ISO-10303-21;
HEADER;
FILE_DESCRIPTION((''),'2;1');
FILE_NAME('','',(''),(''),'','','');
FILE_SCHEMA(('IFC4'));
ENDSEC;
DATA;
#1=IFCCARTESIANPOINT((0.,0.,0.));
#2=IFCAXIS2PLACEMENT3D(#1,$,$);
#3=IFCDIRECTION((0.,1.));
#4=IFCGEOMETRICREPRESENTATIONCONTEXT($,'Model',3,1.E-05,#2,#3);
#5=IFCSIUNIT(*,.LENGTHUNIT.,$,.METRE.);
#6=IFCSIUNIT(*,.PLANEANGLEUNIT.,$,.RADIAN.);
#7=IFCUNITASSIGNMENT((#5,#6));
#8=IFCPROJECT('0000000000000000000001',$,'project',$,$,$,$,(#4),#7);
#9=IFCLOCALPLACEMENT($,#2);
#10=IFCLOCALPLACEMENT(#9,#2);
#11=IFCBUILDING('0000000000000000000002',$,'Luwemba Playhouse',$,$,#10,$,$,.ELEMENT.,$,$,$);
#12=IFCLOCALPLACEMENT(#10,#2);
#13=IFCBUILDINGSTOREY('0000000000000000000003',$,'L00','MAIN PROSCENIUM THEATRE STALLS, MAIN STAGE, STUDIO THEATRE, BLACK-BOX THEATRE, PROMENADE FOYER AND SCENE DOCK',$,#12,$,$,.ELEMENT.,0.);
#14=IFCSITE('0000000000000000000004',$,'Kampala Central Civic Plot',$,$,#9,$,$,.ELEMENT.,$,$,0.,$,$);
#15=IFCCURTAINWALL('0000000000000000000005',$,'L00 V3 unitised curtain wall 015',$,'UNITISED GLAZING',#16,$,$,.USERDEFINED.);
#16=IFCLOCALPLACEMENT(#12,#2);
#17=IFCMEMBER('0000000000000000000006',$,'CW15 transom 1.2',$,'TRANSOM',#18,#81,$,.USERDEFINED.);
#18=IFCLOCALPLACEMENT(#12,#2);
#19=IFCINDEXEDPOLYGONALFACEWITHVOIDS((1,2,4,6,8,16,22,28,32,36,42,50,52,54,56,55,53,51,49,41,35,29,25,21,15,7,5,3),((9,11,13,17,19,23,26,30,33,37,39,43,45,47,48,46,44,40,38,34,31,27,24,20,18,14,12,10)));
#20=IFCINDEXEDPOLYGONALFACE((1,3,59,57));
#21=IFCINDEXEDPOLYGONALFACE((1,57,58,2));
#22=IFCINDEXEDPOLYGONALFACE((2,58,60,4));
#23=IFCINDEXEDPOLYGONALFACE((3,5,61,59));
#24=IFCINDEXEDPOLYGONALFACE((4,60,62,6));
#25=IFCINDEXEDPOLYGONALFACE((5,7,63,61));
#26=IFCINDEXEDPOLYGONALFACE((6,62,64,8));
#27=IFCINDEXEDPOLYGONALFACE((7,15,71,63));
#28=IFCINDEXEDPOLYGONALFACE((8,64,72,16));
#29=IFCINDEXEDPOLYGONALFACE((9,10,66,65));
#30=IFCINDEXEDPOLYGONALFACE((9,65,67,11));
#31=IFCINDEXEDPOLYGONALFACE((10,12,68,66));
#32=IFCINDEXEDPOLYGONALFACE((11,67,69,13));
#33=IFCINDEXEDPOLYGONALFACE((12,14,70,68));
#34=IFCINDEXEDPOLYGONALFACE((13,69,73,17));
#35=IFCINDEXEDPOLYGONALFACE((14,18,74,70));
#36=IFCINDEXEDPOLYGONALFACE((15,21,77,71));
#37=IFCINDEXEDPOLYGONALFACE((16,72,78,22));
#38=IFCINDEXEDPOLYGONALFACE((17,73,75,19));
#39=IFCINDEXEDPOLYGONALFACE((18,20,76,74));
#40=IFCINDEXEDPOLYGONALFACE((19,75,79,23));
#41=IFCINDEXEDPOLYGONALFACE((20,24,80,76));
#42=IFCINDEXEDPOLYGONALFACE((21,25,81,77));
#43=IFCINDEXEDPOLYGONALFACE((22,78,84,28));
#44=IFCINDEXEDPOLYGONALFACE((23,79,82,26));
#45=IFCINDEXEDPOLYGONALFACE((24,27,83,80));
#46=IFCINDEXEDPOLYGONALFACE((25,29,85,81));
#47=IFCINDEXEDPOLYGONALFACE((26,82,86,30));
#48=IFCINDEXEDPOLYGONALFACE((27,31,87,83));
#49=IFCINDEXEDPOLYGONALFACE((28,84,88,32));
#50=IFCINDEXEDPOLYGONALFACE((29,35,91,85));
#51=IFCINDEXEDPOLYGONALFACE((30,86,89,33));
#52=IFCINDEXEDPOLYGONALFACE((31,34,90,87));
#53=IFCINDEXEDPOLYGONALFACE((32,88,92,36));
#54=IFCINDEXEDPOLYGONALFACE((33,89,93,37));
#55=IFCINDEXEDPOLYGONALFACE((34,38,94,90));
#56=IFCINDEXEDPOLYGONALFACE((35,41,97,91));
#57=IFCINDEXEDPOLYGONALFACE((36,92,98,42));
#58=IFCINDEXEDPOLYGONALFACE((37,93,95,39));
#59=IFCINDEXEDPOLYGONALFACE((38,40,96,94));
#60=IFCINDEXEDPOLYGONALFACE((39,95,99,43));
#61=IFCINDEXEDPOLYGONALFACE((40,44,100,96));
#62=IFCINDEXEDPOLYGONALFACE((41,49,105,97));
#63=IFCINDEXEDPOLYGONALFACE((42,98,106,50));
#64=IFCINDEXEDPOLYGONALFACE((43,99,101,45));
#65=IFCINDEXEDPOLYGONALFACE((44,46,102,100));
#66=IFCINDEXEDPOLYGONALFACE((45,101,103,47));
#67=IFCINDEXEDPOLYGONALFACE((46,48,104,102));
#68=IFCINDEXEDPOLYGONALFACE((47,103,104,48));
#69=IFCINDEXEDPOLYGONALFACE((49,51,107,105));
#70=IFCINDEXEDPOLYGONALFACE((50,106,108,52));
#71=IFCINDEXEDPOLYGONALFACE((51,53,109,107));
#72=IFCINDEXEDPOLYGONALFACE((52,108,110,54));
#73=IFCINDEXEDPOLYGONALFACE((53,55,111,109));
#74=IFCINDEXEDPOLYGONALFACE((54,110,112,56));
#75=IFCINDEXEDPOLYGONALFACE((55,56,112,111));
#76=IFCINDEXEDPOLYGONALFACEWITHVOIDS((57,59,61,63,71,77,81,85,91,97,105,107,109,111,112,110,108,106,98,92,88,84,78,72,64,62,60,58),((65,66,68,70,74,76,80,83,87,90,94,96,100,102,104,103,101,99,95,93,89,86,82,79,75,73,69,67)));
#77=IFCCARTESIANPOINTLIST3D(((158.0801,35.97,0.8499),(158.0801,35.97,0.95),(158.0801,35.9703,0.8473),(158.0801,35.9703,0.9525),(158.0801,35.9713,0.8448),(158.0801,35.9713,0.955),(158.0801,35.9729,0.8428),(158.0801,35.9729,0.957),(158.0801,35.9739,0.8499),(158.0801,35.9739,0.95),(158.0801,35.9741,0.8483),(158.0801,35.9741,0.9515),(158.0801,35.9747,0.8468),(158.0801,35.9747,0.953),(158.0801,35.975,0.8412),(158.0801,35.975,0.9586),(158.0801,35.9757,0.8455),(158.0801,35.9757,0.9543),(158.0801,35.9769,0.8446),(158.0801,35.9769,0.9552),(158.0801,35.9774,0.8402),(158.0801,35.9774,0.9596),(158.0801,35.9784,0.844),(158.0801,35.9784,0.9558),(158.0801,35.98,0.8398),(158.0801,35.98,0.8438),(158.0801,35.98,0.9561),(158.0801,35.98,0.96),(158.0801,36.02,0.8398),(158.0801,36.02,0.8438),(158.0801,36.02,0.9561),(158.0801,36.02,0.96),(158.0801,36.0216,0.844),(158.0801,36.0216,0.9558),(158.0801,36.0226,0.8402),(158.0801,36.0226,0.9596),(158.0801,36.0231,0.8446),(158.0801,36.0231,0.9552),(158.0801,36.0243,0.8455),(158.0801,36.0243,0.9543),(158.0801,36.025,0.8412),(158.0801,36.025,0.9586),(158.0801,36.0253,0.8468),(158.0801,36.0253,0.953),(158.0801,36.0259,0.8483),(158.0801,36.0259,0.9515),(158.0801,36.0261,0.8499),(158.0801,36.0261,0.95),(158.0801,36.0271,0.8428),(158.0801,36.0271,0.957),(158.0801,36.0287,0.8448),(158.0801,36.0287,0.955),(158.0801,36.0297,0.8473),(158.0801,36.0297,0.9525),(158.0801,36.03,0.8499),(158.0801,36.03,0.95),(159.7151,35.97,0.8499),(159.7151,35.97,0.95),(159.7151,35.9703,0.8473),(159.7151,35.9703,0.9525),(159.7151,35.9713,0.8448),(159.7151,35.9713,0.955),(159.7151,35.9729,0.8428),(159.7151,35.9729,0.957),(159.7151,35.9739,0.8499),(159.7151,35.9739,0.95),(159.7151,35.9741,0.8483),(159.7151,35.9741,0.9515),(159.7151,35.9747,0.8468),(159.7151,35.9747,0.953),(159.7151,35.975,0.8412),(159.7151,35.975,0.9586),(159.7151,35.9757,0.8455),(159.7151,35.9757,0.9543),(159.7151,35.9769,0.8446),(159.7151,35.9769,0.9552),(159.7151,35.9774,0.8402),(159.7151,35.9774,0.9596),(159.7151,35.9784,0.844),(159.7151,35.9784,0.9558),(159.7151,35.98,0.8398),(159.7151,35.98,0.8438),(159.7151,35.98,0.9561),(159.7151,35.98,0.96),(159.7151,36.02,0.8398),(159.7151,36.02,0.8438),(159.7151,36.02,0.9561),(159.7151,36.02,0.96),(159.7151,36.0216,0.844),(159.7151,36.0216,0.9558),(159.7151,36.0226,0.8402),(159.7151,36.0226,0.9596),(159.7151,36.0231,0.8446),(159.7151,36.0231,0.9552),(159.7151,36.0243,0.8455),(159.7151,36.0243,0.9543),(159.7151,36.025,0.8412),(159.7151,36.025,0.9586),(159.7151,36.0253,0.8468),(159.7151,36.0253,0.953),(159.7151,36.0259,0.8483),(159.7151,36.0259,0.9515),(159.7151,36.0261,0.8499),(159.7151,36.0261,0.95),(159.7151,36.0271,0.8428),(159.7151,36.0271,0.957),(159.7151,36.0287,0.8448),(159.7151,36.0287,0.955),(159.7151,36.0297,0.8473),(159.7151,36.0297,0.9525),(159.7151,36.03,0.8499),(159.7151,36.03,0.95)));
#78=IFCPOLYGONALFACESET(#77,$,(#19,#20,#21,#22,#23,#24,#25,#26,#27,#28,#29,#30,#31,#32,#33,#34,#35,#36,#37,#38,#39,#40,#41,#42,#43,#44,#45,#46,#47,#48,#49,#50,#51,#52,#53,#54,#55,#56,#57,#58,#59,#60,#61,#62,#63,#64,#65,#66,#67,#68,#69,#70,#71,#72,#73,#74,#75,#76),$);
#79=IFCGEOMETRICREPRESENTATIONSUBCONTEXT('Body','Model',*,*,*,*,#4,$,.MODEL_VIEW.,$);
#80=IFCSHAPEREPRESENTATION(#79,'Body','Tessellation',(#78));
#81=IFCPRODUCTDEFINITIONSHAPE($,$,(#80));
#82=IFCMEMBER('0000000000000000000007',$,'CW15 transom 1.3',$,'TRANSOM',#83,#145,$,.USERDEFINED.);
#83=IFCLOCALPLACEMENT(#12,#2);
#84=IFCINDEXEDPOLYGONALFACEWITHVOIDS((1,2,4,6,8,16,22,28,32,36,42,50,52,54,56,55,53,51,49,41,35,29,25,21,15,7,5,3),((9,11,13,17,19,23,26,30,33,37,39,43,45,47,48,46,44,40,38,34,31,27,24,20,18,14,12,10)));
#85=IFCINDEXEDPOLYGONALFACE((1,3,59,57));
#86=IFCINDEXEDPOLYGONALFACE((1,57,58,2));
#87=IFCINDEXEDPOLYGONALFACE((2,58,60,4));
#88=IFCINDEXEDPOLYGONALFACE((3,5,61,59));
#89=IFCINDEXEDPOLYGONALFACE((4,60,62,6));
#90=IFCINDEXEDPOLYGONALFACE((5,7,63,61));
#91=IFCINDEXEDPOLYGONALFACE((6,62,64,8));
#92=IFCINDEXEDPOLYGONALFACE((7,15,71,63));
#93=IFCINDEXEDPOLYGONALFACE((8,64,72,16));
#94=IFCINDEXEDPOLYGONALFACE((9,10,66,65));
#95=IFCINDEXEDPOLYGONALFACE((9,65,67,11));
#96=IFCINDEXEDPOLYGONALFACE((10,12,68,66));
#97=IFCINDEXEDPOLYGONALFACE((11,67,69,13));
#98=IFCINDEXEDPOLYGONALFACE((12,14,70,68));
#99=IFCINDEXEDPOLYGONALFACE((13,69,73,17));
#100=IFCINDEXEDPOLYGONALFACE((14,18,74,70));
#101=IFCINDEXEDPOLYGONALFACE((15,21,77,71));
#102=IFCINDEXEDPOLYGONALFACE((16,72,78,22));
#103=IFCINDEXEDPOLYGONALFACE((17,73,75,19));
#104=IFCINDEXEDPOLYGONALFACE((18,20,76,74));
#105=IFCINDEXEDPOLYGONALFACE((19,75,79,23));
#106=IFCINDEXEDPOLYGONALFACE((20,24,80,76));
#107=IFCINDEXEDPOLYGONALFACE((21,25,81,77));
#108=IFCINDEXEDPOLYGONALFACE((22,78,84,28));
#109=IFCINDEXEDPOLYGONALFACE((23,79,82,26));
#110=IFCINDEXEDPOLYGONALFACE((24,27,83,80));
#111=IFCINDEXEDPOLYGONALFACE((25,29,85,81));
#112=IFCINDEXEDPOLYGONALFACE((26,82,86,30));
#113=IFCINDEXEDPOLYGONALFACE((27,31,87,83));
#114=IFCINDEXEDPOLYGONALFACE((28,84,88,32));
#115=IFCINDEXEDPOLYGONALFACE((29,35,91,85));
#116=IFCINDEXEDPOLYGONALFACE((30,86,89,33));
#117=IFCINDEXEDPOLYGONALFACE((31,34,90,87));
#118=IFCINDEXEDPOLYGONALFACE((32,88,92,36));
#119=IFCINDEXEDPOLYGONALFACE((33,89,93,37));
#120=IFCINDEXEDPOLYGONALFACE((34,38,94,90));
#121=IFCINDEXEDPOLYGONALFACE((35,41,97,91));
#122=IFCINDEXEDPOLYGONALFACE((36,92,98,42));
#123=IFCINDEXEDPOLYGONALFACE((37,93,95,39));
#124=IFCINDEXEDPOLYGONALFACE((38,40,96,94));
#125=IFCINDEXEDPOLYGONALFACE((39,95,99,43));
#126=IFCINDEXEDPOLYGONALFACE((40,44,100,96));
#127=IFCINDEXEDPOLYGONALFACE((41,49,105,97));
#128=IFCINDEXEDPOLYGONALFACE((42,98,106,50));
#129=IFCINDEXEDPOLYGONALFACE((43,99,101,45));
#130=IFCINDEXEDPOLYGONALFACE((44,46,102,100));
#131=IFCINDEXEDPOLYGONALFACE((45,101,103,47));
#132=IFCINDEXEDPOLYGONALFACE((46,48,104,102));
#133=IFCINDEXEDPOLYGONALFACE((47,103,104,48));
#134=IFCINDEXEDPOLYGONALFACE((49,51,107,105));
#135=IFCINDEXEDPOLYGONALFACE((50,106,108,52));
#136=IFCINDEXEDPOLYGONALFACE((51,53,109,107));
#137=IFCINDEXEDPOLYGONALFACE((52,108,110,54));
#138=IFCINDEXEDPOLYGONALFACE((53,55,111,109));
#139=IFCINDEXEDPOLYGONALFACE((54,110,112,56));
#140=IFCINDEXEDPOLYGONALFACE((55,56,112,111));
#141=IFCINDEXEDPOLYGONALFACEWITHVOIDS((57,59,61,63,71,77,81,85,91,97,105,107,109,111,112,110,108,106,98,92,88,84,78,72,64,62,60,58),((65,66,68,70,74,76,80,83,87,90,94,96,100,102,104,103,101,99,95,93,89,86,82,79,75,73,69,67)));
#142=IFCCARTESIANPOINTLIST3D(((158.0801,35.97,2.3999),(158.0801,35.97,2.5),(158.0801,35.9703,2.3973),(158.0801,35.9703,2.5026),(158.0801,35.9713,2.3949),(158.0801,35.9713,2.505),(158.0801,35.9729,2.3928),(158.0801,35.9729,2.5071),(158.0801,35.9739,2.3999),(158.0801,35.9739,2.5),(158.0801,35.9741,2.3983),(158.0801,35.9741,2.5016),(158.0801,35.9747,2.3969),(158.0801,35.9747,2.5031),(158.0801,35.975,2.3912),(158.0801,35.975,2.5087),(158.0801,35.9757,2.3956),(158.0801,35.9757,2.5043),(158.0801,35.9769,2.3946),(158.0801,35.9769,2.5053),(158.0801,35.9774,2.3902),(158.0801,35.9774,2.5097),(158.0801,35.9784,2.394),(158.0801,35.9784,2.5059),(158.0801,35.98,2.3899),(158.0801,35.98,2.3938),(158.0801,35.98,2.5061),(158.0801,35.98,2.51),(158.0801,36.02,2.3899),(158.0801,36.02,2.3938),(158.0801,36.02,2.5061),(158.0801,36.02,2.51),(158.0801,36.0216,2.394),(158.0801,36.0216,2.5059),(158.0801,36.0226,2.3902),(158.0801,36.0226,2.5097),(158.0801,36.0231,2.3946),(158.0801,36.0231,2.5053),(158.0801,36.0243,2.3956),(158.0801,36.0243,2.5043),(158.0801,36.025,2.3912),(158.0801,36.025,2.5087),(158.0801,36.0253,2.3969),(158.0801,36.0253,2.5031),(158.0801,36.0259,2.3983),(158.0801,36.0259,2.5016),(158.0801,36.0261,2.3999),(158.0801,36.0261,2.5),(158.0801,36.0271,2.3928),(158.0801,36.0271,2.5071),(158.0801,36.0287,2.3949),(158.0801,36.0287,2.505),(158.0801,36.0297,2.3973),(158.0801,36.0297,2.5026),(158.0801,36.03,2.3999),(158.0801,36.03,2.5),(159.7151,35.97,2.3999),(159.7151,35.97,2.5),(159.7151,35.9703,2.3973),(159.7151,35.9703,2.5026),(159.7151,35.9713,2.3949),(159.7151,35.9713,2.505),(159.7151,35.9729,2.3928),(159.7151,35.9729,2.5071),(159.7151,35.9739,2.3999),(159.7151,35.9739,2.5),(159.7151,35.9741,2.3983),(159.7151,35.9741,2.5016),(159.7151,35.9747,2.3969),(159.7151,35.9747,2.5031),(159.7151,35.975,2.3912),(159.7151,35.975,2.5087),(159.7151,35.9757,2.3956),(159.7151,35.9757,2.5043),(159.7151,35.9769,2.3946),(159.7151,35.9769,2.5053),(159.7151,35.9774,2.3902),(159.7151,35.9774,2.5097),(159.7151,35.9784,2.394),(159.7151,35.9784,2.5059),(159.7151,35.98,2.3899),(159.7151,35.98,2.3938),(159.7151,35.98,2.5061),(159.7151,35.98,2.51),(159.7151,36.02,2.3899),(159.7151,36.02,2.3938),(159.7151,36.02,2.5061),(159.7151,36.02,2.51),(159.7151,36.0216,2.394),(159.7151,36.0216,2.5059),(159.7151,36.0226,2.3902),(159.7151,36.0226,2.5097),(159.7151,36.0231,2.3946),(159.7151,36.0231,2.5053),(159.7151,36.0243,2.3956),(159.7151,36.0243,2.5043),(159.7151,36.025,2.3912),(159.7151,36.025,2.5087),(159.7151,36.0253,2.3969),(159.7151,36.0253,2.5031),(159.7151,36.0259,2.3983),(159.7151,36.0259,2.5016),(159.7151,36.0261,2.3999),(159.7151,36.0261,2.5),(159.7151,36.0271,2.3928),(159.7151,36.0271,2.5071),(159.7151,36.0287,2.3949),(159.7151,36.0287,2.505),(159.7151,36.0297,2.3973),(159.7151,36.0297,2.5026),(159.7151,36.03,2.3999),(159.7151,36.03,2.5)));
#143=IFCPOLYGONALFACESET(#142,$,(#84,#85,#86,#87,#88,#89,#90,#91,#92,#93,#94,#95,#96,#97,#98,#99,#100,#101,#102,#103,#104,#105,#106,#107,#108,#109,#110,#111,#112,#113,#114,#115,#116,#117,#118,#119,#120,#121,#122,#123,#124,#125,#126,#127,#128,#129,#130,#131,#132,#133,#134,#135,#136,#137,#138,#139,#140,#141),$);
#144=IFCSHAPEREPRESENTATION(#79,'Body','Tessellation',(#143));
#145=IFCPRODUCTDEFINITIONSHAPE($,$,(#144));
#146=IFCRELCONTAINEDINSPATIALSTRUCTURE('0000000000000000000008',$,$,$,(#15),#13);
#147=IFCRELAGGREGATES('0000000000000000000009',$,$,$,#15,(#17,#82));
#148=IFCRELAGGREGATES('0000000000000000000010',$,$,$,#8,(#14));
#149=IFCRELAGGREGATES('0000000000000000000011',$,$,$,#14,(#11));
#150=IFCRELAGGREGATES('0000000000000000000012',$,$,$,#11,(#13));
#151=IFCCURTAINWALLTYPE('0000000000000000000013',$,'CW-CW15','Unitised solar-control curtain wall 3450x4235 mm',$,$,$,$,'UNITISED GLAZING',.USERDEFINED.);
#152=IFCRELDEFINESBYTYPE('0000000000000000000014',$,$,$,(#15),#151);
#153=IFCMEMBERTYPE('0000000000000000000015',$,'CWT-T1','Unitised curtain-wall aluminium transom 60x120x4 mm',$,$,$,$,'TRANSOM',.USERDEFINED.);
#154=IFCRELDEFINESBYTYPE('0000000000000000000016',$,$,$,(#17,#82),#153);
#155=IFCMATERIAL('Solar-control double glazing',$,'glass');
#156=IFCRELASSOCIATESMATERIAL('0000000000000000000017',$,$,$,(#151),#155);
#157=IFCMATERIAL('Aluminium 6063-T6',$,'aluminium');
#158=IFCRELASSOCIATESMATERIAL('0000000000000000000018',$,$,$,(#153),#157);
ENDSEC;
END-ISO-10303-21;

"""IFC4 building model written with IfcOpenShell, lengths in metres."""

from ifc_helpers import new_model, si_unit, direction, frame, origin, origin_2d, place, context, subcontext, project, spatial, hollow_rectangle, extrude, material, material_profile, profile_set, type_object, element, aggregate, save


model = new_model("IFC4")

# Units and contexts
model_context = context("Model", 3, precision=1e-05, world=origin(), true_north=direction((0.0, 1.0)))
body_context = subcontext(model_context, "Body", "Model", "MODEL_VIEW")
ifc_project = project(units=[si_unit("LENGTHUNIT", "METRE"), si_unit("PLANEANGLEUNIT", "RADIAN")], contexts=[model_context])

# Site, building, storey
site_placement = place(None, origin())
site = spatial("IfcSite", under=ifc_project, at=site_placement, Name="Kampala Central Civic Plot", CompositionType="ELEMENT", RefElevation=0.0)
building_placement = place(site_placement, origin())
building = spatial("IfcBuilding", under=site, at=building_placement, Name="Luwemba Playhouse", CompositionType="ELEMENT")
storey_placement = place(building_placement, origin())
storey = spatial("IfcBuildingStorey", under=building, at=storey_placement, Name="L00", Description="MAIN PROSCENIUM THEATRE STALLS, MAIN STAGE, STUDIO THEATRE, BLACK-BOX THEATRE, PROMENADE FOYER AND SCENE DOCK", CompositionType="ELEMENT", Elevation=0.0)

# Curtain wall
ifc_material_1 = material(Name="Solar-control double glazing", Category="glass")
curtain_wall_type_1 = type_object("IfcCurtainWallType", Name="CW-CW15", Description="Unitised solar-control curtain wall 3450x4235 mm", ElementType="UNITISED GLAZING", PredefinedType="USERDEFINED", material=ifc_material_1)
curtain_wall_1_placement = place(storey_placement, origin())
curtain_wall_1 = element("IfcCurtainWall", 1, at=curtain_wall_1_placement, inside=storey, type_object=curtain_wall_type_1, Name="L00 V3 unitised curtain wall 015", ObjectType="UNITISED GLAZING", PredefinedType="USERDEFINED")
ifc_material_2 = material(Name="Aluminium 6063-T6", Category="aluminium")

# Members
ifc_material_profile_1 = material_profile(ifc_material_2, hollow_rectangle(XDim=0.0601, YDim=0.1201, WallThickness=0.0039, InnerFilletRadius=0.0061, OuterFilletRadius=0.01, at=origin_2d()))
ifc_profile_set_1 = profile_set([ifc_material_profile_1], Name="Aluminium 6063-T6")
member_type_1 = type_object("IfcMemberType", Name="CWT-T1", Description="Unitised curtain-wall aluminium transom 60x120x4 mm", ElementType="TRANSOM", PredefinedType="USERDEFINED", material=ifc_profile_set_1)
member_1_placement = place(storey_placement, frame((159.7151, 36.0, 0.8999), z_axis=(-1.0, 0.0, 0.0), x_axis=(0.0, -1.0, 0.0)))
member_1 = element("IfcMember", 2, at=member_1_placement, type_object=member_type_1, Name="CW15 transom 1.2", ObjectType="TRANSOM", PredefinedType="USERDEFINED", context=body_context, shape_type="SweptSolid", body=[
    extrude(hollow_rectangle(XDim=0.0601, YDim=0.1201, WallThickness=0.0039, InnerFilletRadius=0.0061, OuterFilletRadius=0.01, at=origin_2d()), origin(), (0.0, 0.0, 1.0), 1.635),
])
member_2_placement = place(storey_placement, frame((159.7151, 36.0, 2.45), z_axis=(-1.0, 0.0, 0.0), x_axis=(0.0, -1.0, 0.0)))
member_2 = element("IfcMember", 3, at=member_2_placement, type_object=member_type_1, Name="CW15 transom 1.3", ObjectType="TRANSOM", PredefinedType="USERDEFINED", context=body_context, shape_type="SweptSolid", body=[
    extrude(hollow_rectangle(XDim=0.0601, YDim=0.1201, WallThickness=0.0039, InnerFilletRadius=0.0061, OuterFilletRadius=0.01, at=origin_2d()), origin(), (0.0, 0.0, 1.0), 1.635),
])
aggregate(curtain_wall_1, [member_1, member_2])

save(model, "model.ifc")
